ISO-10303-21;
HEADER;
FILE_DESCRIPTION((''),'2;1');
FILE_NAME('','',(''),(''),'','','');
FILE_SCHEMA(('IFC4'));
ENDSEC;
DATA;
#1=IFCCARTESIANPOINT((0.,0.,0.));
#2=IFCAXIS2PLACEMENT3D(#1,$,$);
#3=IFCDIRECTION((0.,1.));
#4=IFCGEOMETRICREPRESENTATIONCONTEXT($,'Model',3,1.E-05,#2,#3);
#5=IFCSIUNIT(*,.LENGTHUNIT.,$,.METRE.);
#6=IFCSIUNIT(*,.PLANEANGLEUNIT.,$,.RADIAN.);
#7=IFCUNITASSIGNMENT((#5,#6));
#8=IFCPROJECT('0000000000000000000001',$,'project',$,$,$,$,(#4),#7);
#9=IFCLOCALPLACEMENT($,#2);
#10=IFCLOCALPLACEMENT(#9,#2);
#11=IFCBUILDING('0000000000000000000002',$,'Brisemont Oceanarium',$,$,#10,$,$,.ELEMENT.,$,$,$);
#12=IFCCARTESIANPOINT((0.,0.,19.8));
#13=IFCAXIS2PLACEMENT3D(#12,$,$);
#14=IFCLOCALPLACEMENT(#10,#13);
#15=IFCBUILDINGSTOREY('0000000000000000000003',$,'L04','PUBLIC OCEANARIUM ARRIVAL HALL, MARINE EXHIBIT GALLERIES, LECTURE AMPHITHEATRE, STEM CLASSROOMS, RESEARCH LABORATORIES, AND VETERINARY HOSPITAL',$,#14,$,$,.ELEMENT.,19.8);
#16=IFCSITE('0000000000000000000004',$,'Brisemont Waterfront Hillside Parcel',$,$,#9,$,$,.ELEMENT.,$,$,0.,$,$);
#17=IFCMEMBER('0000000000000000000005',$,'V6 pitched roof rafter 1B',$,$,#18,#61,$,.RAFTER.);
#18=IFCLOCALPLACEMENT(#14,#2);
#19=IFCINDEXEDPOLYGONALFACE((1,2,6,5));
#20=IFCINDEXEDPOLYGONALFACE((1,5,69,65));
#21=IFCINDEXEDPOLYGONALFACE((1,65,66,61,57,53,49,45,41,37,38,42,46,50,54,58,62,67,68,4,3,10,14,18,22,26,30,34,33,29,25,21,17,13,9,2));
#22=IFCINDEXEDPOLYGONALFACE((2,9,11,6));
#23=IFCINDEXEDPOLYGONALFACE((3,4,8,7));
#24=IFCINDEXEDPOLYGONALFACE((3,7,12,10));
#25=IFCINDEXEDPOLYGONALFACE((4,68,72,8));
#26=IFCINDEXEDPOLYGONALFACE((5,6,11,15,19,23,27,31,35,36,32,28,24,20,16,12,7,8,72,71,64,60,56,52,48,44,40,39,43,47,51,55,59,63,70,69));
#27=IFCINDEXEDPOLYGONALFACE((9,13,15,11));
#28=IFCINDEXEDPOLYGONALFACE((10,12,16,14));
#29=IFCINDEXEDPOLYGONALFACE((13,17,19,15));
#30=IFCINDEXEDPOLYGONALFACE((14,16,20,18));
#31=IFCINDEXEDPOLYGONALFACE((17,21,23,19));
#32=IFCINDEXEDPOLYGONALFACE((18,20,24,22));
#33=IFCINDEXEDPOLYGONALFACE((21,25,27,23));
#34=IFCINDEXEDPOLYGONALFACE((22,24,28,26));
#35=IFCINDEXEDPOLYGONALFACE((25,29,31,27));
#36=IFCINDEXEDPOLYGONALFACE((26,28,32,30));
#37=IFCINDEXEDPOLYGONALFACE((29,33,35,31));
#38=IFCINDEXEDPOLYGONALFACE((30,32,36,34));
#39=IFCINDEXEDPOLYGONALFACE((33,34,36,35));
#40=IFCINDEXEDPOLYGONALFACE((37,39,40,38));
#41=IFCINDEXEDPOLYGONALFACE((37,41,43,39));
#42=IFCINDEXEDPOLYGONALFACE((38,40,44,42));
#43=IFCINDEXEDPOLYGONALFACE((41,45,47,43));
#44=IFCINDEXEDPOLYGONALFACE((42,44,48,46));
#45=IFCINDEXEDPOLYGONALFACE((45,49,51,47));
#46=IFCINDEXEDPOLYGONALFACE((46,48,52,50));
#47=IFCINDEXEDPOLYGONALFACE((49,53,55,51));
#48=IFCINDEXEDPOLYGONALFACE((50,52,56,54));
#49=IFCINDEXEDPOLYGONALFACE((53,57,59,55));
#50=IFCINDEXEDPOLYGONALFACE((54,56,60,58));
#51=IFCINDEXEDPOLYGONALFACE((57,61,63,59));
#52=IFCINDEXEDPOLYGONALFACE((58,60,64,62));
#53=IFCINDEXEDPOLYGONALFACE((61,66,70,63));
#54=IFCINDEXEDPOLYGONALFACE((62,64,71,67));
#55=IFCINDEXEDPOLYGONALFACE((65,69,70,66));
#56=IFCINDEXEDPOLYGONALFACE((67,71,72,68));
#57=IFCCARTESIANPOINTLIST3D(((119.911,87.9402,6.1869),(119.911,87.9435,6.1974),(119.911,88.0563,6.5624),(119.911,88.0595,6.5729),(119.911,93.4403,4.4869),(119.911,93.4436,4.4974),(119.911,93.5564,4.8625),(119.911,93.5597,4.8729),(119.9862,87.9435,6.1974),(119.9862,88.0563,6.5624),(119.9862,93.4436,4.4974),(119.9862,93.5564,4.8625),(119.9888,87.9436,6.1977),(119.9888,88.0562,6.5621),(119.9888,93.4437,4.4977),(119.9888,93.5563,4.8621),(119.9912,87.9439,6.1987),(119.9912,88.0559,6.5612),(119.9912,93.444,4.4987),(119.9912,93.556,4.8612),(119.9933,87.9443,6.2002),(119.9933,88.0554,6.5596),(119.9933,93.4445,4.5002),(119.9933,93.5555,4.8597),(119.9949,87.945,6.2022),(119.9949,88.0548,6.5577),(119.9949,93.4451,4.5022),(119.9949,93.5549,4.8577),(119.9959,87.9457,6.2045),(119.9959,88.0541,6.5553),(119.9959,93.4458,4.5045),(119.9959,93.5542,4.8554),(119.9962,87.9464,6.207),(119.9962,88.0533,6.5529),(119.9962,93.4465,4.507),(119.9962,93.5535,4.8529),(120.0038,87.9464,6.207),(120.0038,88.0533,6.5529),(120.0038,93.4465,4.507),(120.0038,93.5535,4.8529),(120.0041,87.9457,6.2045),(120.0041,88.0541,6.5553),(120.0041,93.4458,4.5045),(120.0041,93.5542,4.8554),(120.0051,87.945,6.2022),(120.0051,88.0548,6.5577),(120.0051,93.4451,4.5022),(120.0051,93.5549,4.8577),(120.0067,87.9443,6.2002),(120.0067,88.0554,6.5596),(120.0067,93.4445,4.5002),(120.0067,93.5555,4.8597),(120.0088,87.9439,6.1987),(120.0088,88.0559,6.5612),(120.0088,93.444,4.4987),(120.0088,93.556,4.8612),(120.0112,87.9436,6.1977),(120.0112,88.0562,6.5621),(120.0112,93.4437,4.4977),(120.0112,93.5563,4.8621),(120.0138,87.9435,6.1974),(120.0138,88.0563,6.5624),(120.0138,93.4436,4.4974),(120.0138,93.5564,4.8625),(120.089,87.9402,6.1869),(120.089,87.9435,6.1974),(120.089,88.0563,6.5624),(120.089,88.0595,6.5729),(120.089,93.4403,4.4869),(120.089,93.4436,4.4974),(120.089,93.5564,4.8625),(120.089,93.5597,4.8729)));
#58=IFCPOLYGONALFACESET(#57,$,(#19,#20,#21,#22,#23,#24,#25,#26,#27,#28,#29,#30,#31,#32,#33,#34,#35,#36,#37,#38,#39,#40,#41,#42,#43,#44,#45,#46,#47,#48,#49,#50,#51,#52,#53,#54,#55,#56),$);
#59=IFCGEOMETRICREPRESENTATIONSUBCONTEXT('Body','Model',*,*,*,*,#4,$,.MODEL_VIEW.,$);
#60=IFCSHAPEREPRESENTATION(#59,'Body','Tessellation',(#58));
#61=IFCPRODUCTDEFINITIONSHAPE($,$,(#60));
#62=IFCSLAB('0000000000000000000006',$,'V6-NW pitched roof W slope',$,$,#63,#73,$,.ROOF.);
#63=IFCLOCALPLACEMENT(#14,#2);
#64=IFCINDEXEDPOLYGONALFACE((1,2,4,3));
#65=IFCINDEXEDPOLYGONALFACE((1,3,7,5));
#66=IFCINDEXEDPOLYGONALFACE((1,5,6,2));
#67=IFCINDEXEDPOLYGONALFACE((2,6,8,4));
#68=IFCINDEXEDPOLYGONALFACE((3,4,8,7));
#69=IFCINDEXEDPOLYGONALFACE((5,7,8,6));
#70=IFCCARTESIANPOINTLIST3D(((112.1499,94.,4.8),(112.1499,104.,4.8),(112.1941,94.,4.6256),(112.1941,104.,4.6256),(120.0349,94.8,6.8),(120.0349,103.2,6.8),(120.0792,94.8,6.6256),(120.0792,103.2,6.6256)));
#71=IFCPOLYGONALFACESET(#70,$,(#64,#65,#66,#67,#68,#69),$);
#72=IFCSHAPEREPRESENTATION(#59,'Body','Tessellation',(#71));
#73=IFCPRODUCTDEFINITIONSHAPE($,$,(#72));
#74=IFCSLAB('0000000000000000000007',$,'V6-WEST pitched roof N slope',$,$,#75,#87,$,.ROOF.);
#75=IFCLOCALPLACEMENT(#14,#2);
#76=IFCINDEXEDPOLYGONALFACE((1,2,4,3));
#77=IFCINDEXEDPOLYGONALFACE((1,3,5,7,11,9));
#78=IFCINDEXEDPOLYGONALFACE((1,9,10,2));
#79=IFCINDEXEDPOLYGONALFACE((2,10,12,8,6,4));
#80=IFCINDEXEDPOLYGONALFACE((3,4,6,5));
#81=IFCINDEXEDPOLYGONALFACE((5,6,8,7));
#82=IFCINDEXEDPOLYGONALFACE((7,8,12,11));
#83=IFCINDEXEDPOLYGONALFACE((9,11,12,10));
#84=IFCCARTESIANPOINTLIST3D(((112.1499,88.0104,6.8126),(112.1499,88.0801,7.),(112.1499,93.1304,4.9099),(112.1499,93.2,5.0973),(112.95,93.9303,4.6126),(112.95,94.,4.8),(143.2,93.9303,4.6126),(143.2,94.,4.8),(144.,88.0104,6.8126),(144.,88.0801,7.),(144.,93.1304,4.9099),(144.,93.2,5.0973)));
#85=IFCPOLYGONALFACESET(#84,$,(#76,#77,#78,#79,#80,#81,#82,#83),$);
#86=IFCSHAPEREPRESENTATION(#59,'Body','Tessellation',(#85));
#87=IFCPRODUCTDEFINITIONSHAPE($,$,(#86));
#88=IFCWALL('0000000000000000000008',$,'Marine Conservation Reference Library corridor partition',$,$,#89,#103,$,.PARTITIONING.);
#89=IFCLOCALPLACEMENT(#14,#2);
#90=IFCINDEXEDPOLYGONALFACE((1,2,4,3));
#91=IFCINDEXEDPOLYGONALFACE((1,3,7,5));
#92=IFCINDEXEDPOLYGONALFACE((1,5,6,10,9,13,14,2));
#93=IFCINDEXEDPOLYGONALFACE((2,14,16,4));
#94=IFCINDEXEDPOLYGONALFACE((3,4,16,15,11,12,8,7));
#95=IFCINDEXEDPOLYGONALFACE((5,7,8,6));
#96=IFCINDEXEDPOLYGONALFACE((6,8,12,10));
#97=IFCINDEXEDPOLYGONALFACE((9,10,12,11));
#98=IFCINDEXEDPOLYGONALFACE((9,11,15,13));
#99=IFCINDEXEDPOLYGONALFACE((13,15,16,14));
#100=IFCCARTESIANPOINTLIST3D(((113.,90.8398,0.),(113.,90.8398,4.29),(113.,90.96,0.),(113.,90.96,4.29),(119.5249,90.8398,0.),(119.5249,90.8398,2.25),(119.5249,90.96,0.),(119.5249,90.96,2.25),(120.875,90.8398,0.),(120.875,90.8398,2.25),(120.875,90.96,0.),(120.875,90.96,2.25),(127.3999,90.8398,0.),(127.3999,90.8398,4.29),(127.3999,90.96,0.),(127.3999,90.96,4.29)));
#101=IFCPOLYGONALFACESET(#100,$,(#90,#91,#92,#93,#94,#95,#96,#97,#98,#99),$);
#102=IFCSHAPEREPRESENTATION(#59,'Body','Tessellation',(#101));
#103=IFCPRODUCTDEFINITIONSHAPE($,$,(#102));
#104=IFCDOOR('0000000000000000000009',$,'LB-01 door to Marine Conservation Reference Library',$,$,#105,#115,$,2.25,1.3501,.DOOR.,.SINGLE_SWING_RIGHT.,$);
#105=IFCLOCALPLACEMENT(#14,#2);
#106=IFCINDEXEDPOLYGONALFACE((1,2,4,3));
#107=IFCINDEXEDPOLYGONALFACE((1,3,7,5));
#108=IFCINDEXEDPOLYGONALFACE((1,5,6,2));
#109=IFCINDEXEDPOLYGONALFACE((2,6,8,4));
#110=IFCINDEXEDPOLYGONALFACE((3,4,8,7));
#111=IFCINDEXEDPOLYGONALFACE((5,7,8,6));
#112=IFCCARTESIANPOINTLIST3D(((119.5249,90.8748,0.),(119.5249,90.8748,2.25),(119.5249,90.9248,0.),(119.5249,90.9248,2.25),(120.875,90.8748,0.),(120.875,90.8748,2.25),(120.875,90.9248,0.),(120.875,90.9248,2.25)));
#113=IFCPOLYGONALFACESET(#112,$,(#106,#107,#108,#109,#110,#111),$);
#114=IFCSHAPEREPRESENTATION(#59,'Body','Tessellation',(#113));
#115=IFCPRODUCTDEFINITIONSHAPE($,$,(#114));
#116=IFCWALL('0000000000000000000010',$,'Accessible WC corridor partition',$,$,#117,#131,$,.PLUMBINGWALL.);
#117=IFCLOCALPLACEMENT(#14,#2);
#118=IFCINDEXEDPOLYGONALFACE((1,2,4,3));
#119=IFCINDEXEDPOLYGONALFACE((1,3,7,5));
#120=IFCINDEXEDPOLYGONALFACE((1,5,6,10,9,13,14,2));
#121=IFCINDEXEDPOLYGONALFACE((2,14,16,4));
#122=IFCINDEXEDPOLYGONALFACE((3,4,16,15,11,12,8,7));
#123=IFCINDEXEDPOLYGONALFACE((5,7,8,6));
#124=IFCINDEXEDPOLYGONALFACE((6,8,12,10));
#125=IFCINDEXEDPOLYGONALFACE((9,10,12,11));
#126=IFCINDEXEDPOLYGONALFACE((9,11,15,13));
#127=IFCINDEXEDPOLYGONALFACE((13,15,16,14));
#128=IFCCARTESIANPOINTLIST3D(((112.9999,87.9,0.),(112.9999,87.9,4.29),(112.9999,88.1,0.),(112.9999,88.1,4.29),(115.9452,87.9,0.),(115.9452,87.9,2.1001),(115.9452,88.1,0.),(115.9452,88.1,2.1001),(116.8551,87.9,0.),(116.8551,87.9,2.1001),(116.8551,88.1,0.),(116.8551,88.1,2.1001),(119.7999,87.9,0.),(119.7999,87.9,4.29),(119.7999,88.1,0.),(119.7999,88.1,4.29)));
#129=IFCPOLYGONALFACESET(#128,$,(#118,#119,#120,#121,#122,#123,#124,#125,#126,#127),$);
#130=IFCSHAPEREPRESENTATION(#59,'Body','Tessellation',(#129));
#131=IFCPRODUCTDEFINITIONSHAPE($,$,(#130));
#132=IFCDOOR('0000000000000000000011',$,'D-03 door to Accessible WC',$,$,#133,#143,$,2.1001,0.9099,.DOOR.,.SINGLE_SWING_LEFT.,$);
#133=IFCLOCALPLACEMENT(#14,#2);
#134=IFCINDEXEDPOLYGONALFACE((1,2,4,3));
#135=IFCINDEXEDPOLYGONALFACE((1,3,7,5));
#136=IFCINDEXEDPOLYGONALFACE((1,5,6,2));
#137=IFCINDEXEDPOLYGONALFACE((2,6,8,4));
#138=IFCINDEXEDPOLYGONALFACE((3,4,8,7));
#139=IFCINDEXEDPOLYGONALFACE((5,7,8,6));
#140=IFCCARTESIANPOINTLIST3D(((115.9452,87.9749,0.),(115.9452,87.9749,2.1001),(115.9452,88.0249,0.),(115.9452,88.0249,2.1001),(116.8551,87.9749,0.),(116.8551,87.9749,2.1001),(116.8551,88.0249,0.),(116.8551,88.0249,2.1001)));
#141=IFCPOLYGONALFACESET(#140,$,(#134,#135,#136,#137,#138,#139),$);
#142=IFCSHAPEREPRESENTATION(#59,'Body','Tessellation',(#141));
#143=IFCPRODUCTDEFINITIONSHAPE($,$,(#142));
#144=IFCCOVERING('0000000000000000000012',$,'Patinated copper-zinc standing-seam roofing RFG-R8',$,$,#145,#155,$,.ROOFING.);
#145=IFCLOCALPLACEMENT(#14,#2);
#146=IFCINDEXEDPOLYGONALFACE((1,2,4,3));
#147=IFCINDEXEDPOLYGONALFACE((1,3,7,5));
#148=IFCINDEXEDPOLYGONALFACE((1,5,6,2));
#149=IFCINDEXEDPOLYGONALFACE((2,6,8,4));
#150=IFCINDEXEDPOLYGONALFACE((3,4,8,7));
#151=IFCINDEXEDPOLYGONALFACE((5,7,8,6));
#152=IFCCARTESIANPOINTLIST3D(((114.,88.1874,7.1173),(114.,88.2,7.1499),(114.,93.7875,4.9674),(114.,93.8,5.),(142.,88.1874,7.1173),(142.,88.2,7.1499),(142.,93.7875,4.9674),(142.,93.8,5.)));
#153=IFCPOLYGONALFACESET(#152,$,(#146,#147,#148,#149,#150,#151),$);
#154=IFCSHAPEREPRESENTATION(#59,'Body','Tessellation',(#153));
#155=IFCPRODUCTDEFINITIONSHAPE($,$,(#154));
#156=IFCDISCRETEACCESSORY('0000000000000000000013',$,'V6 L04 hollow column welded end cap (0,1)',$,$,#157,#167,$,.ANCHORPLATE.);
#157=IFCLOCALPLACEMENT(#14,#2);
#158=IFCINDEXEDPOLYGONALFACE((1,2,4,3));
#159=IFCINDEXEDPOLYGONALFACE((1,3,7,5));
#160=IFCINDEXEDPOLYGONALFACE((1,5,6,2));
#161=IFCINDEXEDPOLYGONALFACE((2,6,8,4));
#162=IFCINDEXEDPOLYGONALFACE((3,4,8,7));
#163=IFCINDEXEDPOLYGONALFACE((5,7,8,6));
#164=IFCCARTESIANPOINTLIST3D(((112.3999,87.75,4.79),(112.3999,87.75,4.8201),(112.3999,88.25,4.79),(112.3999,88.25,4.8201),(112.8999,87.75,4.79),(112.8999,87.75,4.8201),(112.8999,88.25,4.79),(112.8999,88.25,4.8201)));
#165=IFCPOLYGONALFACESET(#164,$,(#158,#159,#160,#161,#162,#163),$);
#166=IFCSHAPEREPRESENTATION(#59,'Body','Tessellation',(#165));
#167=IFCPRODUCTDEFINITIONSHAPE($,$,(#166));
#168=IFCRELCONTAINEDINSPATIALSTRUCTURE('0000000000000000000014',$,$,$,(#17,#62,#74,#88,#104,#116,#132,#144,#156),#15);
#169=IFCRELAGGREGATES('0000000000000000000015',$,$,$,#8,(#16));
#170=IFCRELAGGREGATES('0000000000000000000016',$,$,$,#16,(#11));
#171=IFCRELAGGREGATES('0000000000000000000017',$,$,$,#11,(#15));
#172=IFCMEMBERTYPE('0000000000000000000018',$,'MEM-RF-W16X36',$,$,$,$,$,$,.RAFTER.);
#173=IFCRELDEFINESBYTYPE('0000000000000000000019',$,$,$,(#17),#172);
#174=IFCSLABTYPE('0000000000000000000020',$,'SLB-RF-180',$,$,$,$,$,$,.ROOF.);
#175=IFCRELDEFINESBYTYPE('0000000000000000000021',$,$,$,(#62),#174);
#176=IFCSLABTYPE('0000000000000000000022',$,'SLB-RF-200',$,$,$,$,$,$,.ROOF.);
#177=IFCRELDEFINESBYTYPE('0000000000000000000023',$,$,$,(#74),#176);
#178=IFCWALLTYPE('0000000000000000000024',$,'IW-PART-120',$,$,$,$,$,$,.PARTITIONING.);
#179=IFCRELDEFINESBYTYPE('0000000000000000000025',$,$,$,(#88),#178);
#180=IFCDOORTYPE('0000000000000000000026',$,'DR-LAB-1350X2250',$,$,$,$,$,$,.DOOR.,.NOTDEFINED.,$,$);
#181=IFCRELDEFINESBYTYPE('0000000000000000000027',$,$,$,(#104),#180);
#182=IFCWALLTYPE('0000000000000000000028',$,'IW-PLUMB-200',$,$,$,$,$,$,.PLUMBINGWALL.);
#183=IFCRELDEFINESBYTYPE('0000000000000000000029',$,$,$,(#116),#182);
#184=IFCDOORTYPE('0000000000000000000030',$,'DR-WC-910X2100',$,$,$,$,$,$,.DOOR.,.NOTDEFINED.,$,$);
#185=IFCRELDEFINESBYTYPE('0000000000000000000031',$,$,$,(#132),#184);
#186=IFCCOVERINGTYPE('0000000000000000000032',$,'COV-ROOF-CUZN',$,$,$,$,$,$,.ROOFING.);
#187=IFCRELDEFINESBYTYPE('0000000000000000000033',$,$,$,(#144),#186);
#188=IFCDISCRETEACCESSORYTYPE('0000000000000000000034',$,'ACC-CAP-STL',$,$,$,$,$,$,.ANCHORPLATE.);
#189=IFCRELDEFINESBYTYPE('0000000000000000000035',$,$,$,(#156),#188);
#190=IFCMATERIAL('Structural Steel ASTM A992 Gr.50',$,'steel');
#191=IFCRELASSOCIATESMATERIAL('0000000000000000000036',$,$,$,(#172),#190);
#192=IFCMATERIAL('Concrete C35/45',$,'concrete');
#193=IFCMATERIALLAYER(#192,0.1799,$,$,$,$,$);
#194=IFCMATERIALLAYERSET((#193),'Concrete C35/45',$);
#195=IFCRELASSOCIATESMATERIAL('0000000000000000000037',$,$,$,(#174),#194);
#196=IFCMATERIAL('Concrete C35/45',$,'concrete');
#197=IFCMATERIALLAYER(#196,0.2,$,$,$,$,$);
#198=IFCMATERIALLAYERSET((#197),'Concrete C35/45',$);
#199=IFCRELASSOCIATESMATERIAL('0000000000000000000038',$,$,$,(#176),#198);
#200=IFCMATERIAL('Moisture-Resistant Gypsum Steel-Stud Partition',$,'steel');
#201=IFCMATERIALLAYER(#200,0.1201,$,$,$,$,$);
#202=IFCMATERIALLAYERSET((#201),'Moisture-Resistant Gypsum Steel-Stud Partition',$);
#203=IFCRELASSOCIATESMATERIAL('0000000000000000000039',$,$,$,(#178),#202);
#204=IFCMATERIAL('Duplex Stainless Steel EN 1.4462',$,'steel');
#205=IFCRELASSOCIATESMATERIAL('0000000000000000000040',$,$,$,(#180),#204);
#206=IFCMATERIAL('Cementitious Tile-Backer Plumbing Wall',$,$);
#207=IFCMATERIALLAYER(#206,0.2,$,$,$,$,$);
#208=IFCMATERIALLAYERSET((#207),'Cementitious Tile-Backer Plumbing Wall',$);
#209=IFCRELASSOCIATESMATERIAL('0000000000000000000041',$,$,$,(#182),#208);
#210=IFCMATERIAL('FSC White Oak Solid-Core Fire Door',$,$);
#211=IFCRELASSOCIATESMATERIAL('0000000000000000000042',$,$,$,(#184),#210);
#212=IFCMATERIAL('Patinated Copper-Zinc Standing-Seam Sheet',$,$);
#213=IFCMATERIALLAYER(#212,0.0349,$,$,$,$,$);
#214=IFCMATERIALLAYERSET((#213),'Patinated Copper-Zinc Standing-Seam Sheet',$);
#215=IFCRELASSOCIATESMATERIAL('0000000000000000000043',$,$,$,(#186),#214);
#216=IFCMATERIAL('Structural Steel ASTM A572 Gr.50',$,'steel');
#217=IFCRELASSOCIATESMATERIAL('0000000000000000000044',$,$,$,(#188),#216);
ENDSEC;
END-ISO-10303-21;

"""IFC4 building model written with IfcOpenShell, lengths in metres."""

from ifc_helpers import new_model, si_unit, direction, frame, frame_2d, origin, origin_2d, place, context, subcontext, project, spatial, polyline, rectangle, i_section, outline, extrude, material, layer, layer_set, material_profile, profile_set, type_object, element, fill, save


model = new_model("IFC4")

# Units and contexts
model_context = context("Model", 3, precision=1e-05, world=origin(), true_north=direction((0.0, 1.0)))
body_context = subcontext(model_context, "Body", "Model", "MODEL_VIEW")
ifc_project = project(units=[si_unit("LENGTHUNIT", "METRE"), si_unit("PLANEANGLEUNIT", "RADIAN")], contexts=[model_context])

# Site, building, storey
site_placement = place(None, origin())
site = spatial("IfcSite", under=ifc_project, at=site_placement, Name="Brisemont Waterfront Hillside Parcel", CompositionType="ELEMENT", RefElevation=0.0)
building_placement = place(site_placement, origin())
building = spatial("IfcBuilding", under=site, at=building_placement, Name="Brisemont Oceanarium", CompositionType="ELEMENT")
storey_placement = place(building_placement, frame((0.0, 0.0, 19.8)))
storey = spatial("IfcBuildingStorey", under=building, at=storey_placement, Name="L04", Description="PUBLIC OCEANARIUM ARRIVAL HALL, MARINE EXHIBIT GALLERIES, LECTURE AMPHITHEATRE, STEM CLASSROOMS, RESEARCH LABORATORIES, AND VETERINARY HOSPITAL", CompositionType="ELEMENT", Elevation=19.8)

# Member
ifc_material_1 = material(Name="Structural Steel ASTM A992 Gr.50", Category="steel")
ifc_material_profile_1 = material_profile(ifc_material_1, i_section(OverallWidth=0.178, OverallDepth=0.4041, WebThickness=0.0076, FlangeThickness=0.011, FilletRadius=0.01, at=origin_2d()), Name="W16X36")
ifc_profile_set_1 = profile_set([ifc_material_profile_1], Name="Structural Steel ASTM A992 Gr.50")
member_type = type_object("IfcMemberType", Name="MEM-RF-W16X36", PredefinedType="RAFTER", material=ifc_profile_set_1)
member_placement = place(storey_placement, frame((120.0, 93.5, 4.6799), z_axis=(0.0, -0.955405, 0.295299), x_axis=(1.0, 0.0, 0.0)))
element("IfcMember", 1, at=member_placement, inside=storey, type_object=member_type, Name="V6 pitched roof rafter 1B", PredefinedType="RAFTER", context=body_context, shape_type="SweptSolid", body=[
    extrude(i_section(OverallWidth=0.178, OverallDepth=0.4041, WebThickness=0.0076, FlangeThickness=0.011, FilletRadius=0.01, at=origin_2d()), origin(), (0.0, 0.0, 1.0), 5.7568),
])

# Slabs
ifc_material_2 = material(Name="Concrete C35/45", Category="concrete")
ifc_layer_1 = layer(ifc_material_2, 0.1799)
ifc_layer_set_1 = layer_set([ifc_layer_1], Name="Concrete C35/45")
slab_type_1 = type_object("IfcSlabType", Name="SLB-RF-180", PredefinedType="ROOF", material=ifc_layer_set_1)
slab_1_placement = place(storey_placement, frame((112.1499, 94.0, 4.8), z_axis=(-0.24586, 0.0, 0.969305), x_axis=(0.964651, 0.097878, 0.24468)))
element("IfcSlab", 2, at=slab_1_placement, inside=storey, type_object=slab_type_1, Name="V6-NW pitched roof W slope", PredefinedType="ROOF", context=body_context, shape_type="SweptSolid", body=[
    extrude(outline(polyline([(0.0, 0.0), (8.1739, 0.0), (8.9961, 8.3596), (0.9788, 9.952), (0.0, 0.0)])), origin(), (0.0, 0.0, -1.0), 0.1799),
])
ifc_material_3 = material(Name="Concrete C35/45", Category="concrete")
ifc_layer_2 = layer(ifc_material_3, 0.2)
ifc_layer_set_2 = layer_set([ifc_layer_2], Name="Concrete C35/45")
slab_type_2 = type_object("IfcSlabType", Name="SLB-RF-200", PredefinedType="ROOF", material=ifc_layer_set_2)
slab_2_placement = place(storey_placement, frame((112.1499, 88.0801, 7.0), z_axis=(0.0, 0.348343, 0.937367), x_axis=(1.0, 0.0, 0.0)))
element("IfcSlab", 3, at=slab_2_placement, inside=storey, type_object=slab_type_2, Name="V6-WEST pitched roof N slope", PredefinedType="ROOF", context=body_context, shape_type="SweptSolid", body=[
    extrude(outline(polyline([(0.0, 0.0), (31.8501, 0.0), (31.8501, 5.462), (31.05, 6.3155), (0.8, 6.3155), (0.0, 5.462), (0.0, 0.0)])), origin(), (0.0, 0.0, -1.0), 0.2),
])

# Walls, openings, doors
ifc_material_4 = material(Name="Moisture-Resistant Gypsum Steel-Stud Partition", Category="steel")
ifc_layer_3 = layer(ifc_material_4, 0.1201)
ifc_layer_set_3 = layer_set([ifc_layer_3], Name="Moisture-Resistant Gypsum Steel-Stud Partition")
wall_type_1 = type_object("IfcWallType", Name="IW-PART-120", PredefinedType="PARTITIONING", material=ifc_layer_set_3)
wall_1_placement = place(storey_placement, frame((113.0, 90.8999, 0.0), z_axis=(0.0, 0.0, 1.0), x_axis=(1.0, 0.0, 0.0)))
wall_1 = element("IfcWall", 4, at=wall_1_placement, inside=storey, type_object=wall_type_1, Name="Marine Conservation Reference Library corridor partition", PredefinedType="PARTITIONING", context=body_context, shape_type="SweptSolid", body=[
    extrude(rectangle(XDim=14.3999, YDim=0.1201, at=frame_2d((7.2, 0.0))), origin(), (0.0, 0.0, 1.0), 4.29),
])
opening_1_placement = place(wall_1_placement, frame((6.5249, 0.0, 0.0)))
opening_1 = element("IfcOpeningElement", 5, at=opening_1_placement, cuts=wall_1, PredefinedType="OPENING", context=body_context, shape_type="SweptSolid", body=[
    extrude(rectangle(XDim=1.3501, YDim=2.25, at=frame_2d((0.675, 1.125))), frame((0.0, 0.0701, 0.0), z_axis=(0.0, -1.0, 0.0), x_axis=(1.0, 0.0, 0.0)), (0.0, 0.0, 1.0), 0.1401),
])
ifc_material_5 = material(Name="Duplex Stainless Steel EN 1.4462", Category="steel")
door_type_1 = type_object("IfcDoorType", Name="DR-LAB-1350X2250", OperationType="NOTDEFINED", PredefinedType="DOOR", material=ifc_material_5)
door_1_placement = place(opening_1_placement, origin())
door_1 = element("IfcDoor", 6, at=door_1_placement, inside=storey, type_object=door_type_1, Name="LB-01 door to Marine Conservation Reference Library", OperationType="SINGLE_SWING_RIGHT", OverallHeight=2.25, OverallWidth=1.3501, PredefinedType="DOOR", context=body_context, shape_type="SweptSolid", body=[
    extrude(rectangle(XDim=1.3501, YDim=2.25, at=frame_2d((0.675, 1.125))), frame((0.0, 0.0249, 0.0), z_axis=(0.0, -1.0, 0.0), x_axis=(1.0, 0.0, 0.0)), (0.0, 0.0, 1.0), 0.05),
])
fill(opening_1, door_1)
ifc_material_6 = material(Name="Cementitious Tile-Backer Plumbing Wall")
ifc_layer_4 = layer(ifc_material_6, 0.2)
ifc_layer_set_4 = layer_set([ifc_layer_4], Name="Cementitious Tile-Backer Plumbing Wall")
wall_type_2 = type_object("IfcWallType", Name="IW-PLUMB-200", PredefinedType="PLUMBINGWALL", material=ifc_layer_set_4)
wall_2_placement = place(storey_placement, frame((113.0, 88.0, 0.0), z_axis=(0.0, 0.0, 1.0), x_axis=(1.0, 0.0, 0.0)))
wall_2 = element("IfcWall", 7, at=wall_2_placement, inside=storey, type_object=wall_type_2, Name="Accessible WC corridor partition", PredefinedType="PLUMBINGWALL", context=body_context, shape_type="SweptSolid", body=[
    extrude(rectangle(XDim=6.8, YDim=0.2, at=frame_2d((3.3999, 0.0))), origin(), (0.0, 0.0, 1.0), 4.29),
])
opening_2_placement = place(wall_2_placement, frame((2.9451, 0.0, 0.0)))
opening_2 = element("IfcOpeningElement", 8, at=opening_2_placement, cuts=wall_2, PredefinedType="OPENING", context=body_context, shape_type="SweptSolid", body=[
    extrude(rectangle(XDim=0.9099, YDim=2.1001, at=frame_2d((0.4551, 1.05))), frame((0.0, 0.1099, 0.0), z_axis=(0.0, -1.0, 0.0), x_axis=(1.0, 0.0, 0.0)), (0.0, 0.0, 1.0), 0.22),
])
ifc_material_7 = material(Name="FSC White Oak Solid-Core Fire Door")
door_type_2 = type_object("IfcDoorType", Name="DR-WC-910X2100", OperationType="NOTDEFINED", PredefinedType="DOOR", material=ifc_material_7)
door_2_placement = place(opening_2_placement, origin())
door_2 = element("IfcDoor", 9, at=door_2_placement, inside=storey, type_object=door_type_2, Name="D-03 door to Accessible WC", OperationType="SINGLE_SWING_LEFT", OverallHeight=2.1001, OverallWidth=0.9099, PredefinedType="DOOR", context=body_context, shape_type="SweptSolid", body=[
    extrude(rectangle(XDim=0.9099, YDim=2.1001, at=frame_2d((0.4551, 1.05))), frame((0.0, 0.0249, 0.0), z_axis=(0.0, -1.0, 0.0), x_axis=(1.0, 0.0, 0.0)), (0.0, 0.0, 1.0), 0.05),
])
fill(opening_2, door_2)

# Covering
ifc_material_8 = material(Name="Patinated Copper-Zinc Standing-Seam Sheet")
ifc_layer_5 = layer(ifc_material_8, 0.0349)
ifc_layer_set_5 = layer_set([ifc_layer_5], Name="Patinated Copper-Zinc Standing-Seam Sheet")
covering_type = type_object("IfcCoveringType", Name="COV-ROOF-CUZN", PredefinedType="ROOFING", material=ifc_layer_set_5)
covering_placement = place(storey_placement, frame((114.0, 88.2, 7.1499), z_axis=(0.0, 0.358401, 0.933568), x_axis=(1.0, 0.0, 0.0)))
element("IfcCovering", 10, at=covering_placement, inside=storey, type_object=covering_type, Name="Patinated copper-zinc standing-seam roofing RFG-R8", PredefinedType="ROOFING", context=body_context, shape_type="SweptSolid", body=[
    extrude(outline(polyline([(0.0, 0.0), (28.0, 0.0), (28.0, 5.9986), (0.0, 5.9986), (0.0, 0.0)])), origin(), (0.0, 0.0, -1.0), 0.0349),
])

# Discrete accessory
ifc_material_9 = material(Name="Structural Steel ASTM A572 Gr.50", Category="steel")
discrete_accessory_type = type_object("IfcDiscreteAccessoryType", Name="ACC-CAP-STL", PredefinedType="ANCHORPLATE", material=ifc_material_9)
for number, where, z_axis, x_axis, name in (
    (11, (112.6499, 88.0, 4.79), (0.0, 0.0, 1.0), (1.0, 0.0, 0.0), "V6 L04 hollow column welded end cap (0,1)"),
):
    element("IfcDiscreteAccessory", number, at=place(storey_placement, frame(where, z_axis=z_axis, x_axis=x_axis)), inside=storey, type_object=discrete_accessory_type, Name=name, PredefinedType="ANCHORPLATE", context=body_context, shape_type="SweptSolid", body=[
        extrude(rectangle(XDim=0.5, YDim=0.5, at=origin_2d()), origin(), (0.0, 0.0, 1.0), 0.03),
    ])

save(model, "model.ifc")
